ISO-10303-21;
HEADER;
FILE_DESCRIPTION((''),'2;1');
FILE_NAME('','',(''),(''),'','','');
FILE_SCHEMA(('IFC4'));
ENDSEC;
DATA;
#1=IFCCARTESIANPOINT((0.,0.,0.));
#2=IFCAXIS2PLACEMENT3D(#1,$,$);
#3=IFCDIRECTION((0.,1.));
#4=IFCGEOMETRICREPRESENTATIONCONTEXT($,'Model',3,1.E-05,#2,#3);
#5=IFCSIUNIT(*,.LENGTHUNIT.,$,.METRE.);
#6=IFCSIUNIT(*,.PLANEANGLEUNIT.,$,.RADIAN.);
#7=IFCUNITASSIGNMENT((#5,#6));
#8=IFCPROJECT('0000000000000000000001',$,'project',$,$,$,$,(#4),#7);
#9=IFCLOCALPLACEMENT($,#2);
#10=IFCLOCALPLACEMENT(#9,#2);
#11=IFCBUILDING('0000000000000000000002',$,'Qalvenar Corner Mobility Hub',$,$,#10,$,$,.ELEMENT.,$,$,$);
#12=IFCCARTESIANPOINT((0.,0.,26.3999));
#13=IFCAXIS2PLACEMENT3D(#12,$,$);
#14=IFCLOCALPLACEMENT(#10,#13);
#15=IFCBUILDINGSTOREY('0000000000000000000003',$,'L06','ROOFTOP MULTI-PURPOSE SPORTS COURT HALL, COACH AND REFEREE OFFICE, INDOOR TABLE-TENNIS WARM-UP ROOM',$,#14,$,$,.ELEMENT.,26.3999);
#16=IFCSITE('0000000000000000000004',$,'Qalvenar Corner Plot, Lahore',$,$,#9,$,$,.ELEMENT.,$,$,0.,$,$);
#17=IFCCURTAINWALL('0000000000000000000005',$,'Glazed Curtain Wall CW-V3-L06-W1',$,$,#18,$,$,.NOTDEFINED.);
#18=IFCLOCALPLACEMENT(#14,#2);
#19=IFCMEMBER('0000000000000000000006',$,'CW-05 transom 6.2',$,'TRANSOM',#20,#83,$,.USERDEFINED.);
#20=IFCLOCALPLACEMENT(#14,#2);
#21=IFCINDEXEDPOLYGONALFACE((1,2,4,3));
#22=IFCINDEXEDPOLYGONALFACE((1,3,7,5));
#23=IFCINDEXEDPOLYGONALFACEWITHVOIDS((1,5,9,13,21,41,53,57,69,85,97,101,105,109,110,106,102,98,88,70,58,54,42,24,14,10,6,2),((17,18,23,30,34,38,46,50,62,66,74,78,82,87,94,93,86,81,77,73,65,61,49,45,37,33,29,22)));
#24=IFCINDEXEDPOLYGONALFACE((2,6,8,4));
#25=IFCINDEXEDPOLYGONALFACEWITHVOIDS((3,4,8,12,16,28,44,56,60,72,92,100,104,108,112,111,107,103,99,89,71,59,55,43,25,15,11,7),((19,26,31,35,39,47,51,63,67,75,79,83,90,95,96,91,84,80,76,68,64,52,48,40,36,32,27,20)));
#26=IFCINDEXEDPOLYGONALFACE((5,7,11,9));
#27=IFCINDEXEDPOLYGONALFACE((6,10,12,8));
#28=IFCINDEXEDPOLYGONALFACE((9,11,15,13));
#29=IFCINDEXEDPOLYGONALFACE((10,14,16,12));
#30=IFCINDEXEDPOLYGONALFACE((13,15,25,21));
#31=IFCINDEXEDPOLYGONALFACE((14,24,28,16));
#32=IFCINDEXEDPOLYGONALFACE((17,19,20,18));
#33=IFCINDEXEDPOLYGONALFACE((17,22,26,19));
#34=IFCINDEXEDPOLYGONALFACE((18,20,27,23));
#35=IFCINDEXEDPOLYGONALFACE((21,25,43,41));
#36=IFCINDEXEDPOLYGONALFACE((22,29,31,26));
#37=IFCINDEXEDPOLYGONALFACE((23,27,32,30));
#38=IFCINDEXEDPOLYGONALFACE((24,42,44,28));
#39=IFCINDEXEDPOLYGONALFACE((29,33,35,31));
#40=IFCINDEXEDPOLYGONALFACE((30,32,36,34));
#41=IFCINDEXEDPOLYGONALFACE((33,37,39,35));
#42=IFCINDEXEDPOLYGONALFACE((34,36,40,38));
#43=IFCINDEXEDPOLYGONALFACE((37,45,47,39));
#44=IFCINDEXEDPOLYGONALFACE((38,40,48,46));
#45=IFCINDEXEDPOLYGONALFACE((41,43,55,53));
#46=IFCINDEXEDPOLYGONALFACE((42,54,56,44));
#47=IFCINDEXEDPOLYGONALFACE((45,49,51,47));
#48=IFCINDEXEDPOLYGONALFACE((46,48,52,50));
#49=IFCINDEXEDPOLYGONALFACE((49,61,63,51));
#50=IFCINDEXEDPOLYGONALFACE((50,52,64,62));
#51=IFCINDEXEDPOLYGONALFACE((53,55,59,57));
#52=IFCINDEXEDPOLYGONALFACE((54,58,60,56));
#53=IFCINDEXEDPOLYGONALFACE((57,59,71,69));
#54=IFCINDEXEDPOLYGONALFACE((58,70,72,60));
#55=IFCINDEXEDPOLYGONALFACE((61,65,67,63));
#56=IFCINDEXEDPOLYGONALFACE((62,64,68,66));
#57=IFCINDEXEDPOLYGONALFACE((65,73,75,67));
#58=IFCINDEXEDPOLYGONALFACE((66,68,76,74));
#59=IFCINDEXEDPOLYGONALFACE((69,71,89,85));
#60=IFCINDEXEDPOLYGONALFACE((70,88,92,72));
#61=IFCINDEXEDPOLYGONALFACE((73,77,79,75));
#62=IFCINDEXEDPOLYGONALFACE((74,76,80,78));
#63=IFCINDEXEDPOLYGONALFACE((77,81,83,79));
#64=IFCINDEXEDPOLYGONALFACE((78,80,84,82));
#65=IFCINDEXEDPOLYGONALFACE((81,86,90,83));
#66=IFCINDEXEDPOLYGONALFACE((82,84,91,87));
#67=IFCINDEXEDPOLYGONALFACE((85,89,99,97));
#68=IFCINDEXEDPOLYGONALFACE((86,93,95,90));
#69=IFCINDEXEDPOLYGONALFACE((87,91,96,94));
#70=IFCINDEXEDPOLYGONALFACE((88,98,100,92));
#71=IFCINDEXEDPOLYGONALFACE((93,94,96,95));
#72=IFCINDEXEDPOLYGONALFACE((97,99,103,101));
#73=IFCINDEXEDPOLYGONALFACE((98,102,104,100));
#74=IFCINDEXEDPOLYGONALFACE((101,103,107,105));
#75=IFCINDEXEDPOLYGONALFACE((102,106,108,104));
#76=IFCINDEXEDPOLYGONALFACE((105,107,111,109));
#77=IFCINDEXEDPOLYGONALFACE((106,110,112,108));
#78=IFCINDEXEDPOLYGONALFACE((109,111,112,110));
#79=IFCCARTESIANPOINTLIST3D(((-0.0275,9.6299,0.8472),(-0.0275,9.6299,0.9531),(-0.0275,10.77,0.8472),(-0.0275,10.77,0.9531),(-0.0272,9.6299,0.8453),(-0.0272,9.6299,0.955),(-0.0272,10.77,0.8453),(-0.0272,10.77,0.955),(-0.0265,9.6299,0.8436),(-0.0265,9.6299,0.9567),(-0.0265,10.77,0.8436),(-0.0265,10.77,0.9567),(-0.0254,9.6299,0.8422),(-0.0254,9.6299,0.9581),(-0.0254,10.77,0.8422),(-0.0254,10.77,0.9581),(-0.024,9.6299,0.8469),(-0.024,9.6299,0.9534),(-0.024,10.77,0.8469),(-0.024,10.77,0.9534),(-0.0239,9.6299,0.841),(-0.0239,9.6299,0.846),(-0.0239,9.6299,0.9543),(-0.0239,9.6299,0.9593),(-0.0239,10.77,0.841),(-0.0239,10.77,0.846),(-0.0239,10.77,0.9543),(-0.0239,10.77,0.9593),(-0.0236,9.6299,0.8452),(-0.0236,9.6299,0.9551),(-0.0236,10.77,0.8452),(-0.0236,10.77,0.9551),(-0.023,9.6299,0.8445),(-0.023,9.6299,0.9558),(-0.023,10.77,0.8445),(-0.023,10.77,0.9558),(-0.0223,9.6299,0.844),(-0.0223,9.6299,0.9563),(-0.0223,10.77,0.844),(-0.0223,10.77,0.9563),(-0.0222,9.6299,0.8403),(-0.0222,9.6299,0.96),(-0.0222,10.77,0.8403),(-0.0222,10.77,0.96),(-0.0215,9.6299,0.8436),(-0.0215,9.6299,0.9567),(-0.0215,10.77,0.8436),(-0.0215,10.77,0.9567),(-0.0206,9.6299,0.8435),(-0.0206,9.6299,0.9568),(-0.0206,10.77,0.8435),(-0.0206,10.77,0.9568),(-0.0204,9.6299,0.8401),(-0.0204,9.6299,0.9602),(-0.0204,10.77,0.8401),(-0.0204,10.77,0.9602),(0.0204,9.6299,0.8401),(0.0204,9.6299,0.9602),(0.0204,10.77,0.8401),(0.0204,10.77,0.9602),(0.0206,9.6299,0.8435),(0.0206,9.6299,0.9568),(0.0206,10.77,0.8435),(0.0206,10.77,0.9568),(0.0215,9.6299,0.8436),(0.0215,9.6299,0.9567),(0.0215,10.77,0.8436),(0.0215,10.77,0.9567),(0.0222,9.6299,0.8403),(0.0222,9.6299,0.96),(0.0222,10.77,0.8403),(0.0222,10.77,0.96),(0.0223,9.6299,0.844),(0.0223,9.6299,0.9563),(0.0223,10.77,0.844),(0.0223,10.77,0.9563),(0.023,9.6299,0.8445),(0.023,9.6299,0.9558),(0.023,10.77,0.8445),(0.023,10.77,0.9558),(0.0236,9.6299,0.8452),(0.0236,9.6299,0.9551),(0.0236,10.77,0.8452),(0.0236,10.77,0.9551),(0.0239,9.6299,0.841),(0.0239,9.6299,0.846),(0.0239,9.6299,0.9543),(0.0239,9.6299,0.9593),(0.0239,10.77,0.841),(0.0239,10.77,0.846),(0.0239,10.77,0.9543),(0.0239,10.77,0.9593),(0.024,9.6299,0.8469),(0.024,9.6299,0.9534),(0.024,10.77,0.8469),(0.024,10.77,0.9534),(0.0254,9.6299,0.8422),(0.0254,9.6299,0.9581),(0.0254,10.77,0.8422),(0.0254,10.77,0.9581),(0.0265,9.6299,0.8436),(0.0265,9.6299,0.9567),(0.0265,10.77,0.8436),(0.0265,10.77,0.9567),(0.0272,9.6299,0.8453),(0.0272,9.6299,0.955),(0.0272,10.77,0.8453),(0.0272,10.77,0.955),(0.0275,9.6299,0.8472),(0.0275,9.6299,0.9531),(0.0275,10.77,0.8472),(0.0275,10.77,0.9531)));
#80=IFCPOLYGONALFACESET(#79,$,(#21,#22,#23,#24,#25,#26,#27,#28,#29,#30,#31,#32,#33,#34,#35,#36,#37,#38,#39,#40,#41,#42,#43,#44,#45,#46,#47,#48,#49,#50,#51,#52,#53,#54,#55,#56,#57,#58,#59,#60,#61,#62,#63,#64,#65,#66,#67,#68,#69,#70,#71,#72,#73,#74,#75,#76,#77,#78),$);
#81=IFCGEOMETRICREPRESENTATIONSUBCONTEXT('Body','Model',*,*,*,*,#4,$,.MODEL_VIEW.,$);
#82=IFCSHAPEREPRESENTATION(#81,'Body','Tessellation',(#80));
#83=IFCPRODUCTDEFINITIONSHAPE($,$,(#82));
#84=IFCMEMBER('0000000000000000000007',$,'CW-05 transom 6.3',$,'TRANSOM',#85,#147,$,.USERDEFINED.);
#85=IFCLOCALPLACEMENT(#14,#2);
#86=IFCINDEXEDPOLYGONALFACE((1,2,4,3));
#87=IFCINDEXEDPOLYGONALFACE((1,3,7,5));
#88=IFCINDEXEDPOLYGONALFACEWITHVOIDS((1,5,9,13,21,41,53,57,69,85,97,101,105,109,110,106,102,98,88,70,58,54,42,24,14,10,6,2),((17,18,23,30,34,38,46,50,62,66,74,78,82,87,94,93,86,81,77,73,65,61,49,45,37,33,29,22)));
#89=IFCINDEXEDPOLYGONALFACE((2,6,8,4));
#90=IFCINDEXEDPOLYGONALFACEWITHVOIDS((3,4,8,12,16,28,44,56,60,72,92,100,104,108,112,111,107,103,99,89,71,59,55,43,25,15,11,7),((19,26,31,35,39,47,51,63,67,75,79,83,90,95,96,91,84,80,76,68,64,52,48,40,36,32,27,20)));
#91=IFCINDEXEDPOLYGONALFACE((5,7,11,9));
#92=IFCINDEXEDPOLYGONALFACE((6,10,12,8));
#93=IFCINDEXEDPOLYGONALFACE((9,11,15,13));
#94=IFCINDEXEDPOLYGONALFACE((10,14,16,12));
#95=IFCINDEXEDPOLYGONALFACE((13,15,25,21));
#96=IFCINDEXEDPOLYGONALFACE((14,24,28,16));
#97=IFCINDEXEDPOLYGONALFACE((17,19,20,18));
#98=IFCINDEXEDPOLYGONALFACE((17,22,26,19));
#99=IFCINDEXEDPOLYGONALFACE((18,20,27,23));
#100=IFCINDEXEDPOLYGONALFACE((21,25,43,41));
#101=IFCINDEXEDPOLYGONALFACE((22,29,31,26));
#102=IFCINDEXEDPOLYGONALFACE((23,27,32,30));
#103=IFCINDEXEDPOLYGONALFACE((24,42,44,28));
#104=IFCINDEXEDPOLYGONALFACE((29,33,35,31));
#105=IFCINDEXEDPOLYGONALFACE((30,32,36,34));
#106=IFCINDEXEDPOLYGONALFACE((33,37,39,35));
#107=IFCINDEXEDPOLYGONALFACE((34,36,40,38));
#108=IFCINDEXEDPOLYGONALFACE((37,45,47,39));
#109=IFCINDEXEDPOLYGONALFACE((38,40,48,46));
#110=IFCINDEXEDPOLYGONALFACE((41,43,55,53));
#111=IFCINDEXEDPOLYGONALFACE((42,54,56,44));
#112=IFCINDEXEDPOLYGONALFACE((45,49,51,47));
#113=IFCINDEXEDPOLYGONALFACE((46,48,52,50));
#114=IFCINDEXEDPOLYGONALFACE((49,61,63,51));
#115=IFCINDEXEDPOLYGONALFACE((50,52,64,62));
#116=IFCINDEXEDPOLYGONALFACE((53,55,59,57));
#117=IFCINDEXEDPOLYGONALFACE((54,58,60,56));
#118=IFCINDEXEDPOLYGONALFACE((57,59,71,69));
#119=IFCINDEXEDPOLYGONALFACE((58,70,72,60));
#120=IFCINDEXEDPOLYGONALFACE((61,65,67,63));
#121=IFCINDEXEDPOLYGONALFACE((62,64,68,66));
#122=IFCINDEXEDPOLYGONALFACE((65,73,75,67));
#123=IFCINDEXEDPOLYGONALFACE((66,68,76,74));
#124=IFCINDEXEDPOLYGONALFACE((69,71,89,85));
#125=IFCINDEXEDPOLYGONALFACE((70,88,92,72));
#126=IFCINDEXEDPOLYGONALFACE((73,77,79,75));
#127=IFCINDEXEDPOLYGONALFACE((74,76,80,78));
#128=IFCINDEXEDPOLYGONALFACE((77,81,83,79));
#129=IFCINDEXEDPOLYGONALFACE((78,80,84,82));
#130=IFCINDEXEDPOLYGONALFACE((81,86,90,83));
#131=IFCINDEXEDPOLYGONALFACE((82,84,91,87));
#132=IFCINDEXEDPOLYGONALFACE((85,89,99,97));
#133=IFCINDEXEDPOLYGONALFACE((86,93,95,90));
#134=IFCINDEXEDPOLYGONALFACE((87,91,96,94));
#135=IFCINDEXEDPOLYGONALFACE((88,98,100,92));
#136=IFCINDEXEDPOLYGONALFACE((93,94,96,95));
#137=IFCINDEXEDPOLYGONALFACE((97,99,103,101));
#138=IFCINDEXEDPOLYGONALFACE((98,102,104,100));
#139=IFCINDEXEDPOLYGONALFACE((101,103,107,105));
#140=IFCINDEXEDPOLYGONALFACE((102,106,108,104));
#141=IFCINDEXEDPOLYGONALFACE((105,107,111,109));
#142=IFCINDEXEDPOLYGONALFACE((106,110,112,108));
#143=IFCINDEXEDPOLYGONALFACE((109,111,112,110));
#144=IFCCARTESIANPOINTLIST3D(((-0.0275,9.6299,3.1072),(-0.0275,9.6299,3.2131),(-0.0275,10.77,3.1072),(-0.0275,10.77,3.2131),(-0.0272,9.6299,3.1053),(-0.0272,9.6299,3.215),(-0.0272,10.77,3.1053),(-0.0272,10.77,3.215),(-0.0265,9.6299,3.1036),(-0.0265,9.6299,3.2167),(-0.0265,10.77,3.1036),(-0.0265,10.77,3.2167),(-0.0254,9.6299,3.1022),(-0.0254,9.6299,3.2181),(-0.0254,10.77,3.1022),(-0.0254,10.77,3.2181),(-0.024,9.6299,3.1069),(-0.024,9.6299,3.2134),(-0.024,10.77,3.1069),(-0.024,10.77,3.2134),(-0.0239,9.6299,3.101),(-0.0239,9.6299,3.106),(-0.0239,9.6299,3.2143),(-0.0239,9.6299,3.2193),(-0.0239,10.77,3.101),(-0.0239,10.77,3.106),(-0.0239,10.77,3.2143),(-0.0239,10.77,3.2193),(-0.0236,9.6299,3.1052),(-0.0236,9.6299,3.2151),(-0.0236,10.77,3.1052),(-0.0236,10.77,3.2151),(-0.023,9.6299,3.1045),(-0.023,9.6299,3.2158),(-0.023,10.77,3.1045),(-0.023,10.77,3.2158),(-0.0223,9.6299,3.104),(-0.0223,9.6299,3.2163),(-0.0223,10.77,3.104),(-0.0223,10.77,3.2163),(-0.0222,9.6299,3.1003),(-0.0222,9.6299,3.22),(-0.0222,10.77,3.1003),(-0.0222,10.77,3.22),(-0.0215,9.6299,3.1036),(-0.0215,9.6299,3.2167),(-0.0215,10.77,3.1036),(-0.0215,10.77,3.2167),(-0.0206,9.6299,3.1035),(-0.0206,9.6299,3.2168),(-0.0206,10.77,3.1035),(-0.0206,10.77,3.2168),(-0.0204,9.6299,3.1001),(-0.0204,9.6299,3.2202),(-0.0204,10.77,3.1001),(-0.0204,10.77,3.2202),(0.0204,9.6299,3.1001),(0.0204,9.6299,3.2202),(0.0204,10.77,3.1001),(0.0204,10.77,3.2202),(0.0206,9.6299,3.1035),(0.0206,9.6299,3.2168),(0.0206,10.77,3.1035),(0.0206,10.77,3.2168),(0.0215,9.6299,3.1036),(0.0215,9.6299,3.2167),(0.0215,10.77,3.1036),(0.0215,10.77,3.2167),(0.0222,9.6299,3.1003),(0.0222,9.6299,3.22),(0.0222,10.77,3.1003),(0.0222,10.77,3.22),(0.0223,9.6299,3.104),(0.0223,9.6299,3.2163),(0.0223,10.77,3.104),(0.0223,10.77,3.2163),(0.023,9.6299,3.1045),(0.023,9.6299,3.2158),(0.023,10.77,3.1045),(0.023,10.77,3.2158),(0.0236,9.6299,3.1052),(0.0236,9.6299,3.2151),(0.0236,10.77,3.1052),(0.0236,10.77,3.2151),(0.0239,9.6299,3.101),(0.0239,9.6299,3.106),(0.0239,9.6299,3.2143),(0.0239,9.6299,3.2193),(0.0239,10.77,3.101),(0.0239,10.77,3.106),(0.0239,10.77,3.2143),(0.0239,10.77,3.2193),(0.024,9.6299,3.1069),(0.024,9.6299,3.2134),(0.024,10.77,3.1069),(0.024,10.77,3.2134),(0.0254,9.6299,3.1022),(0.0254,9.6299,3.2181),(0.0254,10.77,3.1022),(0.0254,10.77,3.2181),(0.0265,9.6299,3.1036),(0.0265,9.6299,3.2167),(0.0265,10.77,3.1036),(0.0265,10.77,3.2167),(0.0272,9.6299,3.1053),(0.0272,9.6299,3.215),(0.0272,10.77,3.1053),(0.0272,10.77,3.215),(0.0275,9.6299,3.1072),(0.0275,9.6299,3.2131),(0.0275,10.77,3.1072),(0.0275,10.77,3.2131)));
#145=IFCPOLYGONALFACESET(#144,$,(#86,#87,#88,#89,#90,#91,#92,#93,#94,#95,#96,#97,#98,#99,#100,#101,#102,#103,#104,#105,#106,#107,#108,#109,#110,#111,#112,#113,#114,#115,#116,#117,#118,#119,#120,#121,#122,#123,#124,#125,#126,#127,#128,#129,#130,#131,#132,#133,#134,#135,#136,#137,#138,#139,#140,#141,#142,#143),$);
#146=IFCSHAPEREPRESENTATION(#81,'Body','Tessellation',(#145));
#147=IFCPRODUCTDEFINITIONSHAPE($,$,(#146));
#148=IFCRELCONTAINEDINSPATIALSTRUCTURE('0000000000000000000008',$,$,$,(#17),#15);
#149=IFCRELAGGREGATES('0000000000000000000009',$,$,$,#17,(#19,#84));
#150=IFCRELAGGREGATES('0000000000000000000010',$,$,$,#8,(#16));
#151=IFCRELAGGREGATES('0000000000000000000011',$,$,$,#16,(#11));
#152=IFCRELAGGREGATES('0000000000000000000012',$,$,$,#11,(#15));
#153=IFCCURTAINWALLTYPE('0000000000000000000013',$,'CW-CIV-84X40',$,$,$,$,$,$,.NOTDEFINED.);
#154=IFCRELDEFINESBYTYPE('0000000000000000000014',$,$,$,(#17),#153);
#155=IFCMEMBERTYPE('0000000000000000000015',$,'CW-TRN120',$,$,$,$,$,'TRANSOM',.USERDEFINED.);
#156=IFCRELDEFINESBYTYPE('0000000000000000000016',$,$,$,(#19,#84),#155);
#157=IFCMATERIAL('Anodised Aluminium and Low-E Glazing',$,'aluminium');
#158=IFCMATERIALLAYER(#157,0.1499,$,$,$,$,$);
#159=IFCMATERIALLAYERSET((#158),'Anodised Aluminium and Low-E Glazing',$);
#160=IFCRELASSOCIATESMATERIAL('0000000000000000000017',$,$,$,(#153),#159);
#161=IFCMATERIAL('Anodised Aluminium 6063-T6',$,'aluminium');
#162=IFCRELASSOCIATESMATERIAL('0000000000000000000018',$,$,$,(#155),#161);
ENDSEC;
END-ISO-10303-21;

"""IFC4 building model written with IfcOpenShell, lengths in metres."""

from ifc_helpers import new_model, si_unit, direction, frame, origin, origin_2d, place, context, subcontext, project, spatial, hollow_rectangle, extrude, material, layer, layer_set, material_profile, profile_set, type_object, element, aggregate, save


model = new_model("IFC4")

# Units and contexts
model_context = context("Model", 3, precision=1e-05, world=origin(), true_north=direction((0.0, 1.0)))
body_context = subcontext(model_context, "Body", "Model", "MODEL_VIEW")
ifc_project = project(units=[si_unit("LENGTHUNIT", "METRE"), si_unit("PLANEANGLEUNIT", "RADIAN")], contexts=[model_context])

# Site, building, storey
site_placement = place(None, origin())
site = spatial("IfcSite", under=ifc_project, at=site_placement, Name="Qalvenar Corner Plot, Lahore", CompositionType="ELEMENT", RefElevation=0.0)
building_placement = place(site_placement, origin())
building = spatial("IfcBuilding", under=site, at=building_placement, Name="Qalvenar Corner Mobility Hub", CompositionType="ELEMENT")
storey_placement = place(building_placement, frame((0.0, 0.0, 26.3999)))
storey = spatial("IfcBuildingStorey", under=building, at=storey_placement, Name="L06", Description="ROOFTOP MULTI-PURPOSE SPORTS COURT HALL, COACH AND REFEREE OFFICE, INDOOR TABLE-TENNIS WARM-UP ROOM", CompositionType="ELEMENT", Elevation=26.3999)

# Curtain wall
ifc_material_1 = material(Name="Anodised Aluminium and Low-E Glazing", Category="aluminium")
ifc_material_2 = material(Name="Anodised Aluminium 6063-T6", Category="aluminium")
ifc_layer_1 = layer(ifc_material_1, 0.1499)
ifc_layer_set_1 = layer_set([ifc_layer_1], Name="Anodised Aluminium and Low-E Glazing")
curtain_wall_type_1 = type_object("IfcCurtainWallType", Name="CW-CIV-84X40", PredefinedType="NOTDEFINED", material=ifc_layer_set_1)
curtain_wall_1_placement = place(storey_placement, origin())
curtain_wall_1 = element("IfcCurtainWall", 1, at=curtain_wall_1_placement, inside=storey, type_object=curtain_wall_type_1, Name="Glazed Curtain Wall CW-V3-L06-W1", PredefinedType="NOTDEFINED")

# Members
ifc_material_profile_1 = material_profile(ifc_material_2, hollow_rectangle(XDim=0.0549, YDim=0.1201, WallThickness=0.0034, InnerFilletRadius=0.0034, OuterFilletRadius=0.0071, at=origin_2d()), Name="RHS120x55x3.5")
ifc_profile_set_1 = profile_set([ifc_material_profile_1], Name="Anodised Aluminium 6063-T6")
member_type_1 = type_object("IfcMemberType", Name="CW-TRN120", ElementType="TRANSOM", PredefinedType="USERDEFINED", material=ifc_profile_set_1)
member_1_placement = place(storey_placement, frame((0.0, 10.77, 0.9001), z_axis=(0.0, -1.0, 0.0), x_axis=(1.0, 0.0, 0.0)))
member_1 = element("IfcMember", 2, at=member_1_placement, type_object=member_type_1, Name="CW-05 transom 6.2", ObjectType="TRANSOM", PredefinedType="USERDEFINED", context=body_context, shape_type="SweptSolid", body=[
    extrude(hollow_rectangle(XDim=0.0549, YDim=0.1201, WallThickness=0.0034, InnerFilletRadius=0.0034, OuterFilletRadius=0.0071, at=origin_2d()), origin(), (0.0, 0.0, 1.0), 1.1401),
])
member_2_placement = place(storey_placement, frame((0.0, 10.77, 3.1602), z_axis=(0.0, -1.0, 0.0), x_axis=(1.0, 0.0, 0.0)))
member_2 = element("IfcMember", 3, at=member_2_placement, type_object=member_type_1, Name="CW-05 transom 6.3", ObjectType="TRANSOM", PredefinedType="USERDEFINED", context=body_context, shape_type="SweptSolid", body=[
    extrude(hollow_rectangle(XDim=0.0549, YDim=0.1201, WallThickness=0.0034, InnerFilletRadius=0.0034, OuterFilletRadius=0.0071, at=origin_2d()), origin(), (0.0, 0.0, 1.0), 1.1401),
])

aggregate(curtain_wall_1, [member_1, member_2])

save(model, "model.ifc")
